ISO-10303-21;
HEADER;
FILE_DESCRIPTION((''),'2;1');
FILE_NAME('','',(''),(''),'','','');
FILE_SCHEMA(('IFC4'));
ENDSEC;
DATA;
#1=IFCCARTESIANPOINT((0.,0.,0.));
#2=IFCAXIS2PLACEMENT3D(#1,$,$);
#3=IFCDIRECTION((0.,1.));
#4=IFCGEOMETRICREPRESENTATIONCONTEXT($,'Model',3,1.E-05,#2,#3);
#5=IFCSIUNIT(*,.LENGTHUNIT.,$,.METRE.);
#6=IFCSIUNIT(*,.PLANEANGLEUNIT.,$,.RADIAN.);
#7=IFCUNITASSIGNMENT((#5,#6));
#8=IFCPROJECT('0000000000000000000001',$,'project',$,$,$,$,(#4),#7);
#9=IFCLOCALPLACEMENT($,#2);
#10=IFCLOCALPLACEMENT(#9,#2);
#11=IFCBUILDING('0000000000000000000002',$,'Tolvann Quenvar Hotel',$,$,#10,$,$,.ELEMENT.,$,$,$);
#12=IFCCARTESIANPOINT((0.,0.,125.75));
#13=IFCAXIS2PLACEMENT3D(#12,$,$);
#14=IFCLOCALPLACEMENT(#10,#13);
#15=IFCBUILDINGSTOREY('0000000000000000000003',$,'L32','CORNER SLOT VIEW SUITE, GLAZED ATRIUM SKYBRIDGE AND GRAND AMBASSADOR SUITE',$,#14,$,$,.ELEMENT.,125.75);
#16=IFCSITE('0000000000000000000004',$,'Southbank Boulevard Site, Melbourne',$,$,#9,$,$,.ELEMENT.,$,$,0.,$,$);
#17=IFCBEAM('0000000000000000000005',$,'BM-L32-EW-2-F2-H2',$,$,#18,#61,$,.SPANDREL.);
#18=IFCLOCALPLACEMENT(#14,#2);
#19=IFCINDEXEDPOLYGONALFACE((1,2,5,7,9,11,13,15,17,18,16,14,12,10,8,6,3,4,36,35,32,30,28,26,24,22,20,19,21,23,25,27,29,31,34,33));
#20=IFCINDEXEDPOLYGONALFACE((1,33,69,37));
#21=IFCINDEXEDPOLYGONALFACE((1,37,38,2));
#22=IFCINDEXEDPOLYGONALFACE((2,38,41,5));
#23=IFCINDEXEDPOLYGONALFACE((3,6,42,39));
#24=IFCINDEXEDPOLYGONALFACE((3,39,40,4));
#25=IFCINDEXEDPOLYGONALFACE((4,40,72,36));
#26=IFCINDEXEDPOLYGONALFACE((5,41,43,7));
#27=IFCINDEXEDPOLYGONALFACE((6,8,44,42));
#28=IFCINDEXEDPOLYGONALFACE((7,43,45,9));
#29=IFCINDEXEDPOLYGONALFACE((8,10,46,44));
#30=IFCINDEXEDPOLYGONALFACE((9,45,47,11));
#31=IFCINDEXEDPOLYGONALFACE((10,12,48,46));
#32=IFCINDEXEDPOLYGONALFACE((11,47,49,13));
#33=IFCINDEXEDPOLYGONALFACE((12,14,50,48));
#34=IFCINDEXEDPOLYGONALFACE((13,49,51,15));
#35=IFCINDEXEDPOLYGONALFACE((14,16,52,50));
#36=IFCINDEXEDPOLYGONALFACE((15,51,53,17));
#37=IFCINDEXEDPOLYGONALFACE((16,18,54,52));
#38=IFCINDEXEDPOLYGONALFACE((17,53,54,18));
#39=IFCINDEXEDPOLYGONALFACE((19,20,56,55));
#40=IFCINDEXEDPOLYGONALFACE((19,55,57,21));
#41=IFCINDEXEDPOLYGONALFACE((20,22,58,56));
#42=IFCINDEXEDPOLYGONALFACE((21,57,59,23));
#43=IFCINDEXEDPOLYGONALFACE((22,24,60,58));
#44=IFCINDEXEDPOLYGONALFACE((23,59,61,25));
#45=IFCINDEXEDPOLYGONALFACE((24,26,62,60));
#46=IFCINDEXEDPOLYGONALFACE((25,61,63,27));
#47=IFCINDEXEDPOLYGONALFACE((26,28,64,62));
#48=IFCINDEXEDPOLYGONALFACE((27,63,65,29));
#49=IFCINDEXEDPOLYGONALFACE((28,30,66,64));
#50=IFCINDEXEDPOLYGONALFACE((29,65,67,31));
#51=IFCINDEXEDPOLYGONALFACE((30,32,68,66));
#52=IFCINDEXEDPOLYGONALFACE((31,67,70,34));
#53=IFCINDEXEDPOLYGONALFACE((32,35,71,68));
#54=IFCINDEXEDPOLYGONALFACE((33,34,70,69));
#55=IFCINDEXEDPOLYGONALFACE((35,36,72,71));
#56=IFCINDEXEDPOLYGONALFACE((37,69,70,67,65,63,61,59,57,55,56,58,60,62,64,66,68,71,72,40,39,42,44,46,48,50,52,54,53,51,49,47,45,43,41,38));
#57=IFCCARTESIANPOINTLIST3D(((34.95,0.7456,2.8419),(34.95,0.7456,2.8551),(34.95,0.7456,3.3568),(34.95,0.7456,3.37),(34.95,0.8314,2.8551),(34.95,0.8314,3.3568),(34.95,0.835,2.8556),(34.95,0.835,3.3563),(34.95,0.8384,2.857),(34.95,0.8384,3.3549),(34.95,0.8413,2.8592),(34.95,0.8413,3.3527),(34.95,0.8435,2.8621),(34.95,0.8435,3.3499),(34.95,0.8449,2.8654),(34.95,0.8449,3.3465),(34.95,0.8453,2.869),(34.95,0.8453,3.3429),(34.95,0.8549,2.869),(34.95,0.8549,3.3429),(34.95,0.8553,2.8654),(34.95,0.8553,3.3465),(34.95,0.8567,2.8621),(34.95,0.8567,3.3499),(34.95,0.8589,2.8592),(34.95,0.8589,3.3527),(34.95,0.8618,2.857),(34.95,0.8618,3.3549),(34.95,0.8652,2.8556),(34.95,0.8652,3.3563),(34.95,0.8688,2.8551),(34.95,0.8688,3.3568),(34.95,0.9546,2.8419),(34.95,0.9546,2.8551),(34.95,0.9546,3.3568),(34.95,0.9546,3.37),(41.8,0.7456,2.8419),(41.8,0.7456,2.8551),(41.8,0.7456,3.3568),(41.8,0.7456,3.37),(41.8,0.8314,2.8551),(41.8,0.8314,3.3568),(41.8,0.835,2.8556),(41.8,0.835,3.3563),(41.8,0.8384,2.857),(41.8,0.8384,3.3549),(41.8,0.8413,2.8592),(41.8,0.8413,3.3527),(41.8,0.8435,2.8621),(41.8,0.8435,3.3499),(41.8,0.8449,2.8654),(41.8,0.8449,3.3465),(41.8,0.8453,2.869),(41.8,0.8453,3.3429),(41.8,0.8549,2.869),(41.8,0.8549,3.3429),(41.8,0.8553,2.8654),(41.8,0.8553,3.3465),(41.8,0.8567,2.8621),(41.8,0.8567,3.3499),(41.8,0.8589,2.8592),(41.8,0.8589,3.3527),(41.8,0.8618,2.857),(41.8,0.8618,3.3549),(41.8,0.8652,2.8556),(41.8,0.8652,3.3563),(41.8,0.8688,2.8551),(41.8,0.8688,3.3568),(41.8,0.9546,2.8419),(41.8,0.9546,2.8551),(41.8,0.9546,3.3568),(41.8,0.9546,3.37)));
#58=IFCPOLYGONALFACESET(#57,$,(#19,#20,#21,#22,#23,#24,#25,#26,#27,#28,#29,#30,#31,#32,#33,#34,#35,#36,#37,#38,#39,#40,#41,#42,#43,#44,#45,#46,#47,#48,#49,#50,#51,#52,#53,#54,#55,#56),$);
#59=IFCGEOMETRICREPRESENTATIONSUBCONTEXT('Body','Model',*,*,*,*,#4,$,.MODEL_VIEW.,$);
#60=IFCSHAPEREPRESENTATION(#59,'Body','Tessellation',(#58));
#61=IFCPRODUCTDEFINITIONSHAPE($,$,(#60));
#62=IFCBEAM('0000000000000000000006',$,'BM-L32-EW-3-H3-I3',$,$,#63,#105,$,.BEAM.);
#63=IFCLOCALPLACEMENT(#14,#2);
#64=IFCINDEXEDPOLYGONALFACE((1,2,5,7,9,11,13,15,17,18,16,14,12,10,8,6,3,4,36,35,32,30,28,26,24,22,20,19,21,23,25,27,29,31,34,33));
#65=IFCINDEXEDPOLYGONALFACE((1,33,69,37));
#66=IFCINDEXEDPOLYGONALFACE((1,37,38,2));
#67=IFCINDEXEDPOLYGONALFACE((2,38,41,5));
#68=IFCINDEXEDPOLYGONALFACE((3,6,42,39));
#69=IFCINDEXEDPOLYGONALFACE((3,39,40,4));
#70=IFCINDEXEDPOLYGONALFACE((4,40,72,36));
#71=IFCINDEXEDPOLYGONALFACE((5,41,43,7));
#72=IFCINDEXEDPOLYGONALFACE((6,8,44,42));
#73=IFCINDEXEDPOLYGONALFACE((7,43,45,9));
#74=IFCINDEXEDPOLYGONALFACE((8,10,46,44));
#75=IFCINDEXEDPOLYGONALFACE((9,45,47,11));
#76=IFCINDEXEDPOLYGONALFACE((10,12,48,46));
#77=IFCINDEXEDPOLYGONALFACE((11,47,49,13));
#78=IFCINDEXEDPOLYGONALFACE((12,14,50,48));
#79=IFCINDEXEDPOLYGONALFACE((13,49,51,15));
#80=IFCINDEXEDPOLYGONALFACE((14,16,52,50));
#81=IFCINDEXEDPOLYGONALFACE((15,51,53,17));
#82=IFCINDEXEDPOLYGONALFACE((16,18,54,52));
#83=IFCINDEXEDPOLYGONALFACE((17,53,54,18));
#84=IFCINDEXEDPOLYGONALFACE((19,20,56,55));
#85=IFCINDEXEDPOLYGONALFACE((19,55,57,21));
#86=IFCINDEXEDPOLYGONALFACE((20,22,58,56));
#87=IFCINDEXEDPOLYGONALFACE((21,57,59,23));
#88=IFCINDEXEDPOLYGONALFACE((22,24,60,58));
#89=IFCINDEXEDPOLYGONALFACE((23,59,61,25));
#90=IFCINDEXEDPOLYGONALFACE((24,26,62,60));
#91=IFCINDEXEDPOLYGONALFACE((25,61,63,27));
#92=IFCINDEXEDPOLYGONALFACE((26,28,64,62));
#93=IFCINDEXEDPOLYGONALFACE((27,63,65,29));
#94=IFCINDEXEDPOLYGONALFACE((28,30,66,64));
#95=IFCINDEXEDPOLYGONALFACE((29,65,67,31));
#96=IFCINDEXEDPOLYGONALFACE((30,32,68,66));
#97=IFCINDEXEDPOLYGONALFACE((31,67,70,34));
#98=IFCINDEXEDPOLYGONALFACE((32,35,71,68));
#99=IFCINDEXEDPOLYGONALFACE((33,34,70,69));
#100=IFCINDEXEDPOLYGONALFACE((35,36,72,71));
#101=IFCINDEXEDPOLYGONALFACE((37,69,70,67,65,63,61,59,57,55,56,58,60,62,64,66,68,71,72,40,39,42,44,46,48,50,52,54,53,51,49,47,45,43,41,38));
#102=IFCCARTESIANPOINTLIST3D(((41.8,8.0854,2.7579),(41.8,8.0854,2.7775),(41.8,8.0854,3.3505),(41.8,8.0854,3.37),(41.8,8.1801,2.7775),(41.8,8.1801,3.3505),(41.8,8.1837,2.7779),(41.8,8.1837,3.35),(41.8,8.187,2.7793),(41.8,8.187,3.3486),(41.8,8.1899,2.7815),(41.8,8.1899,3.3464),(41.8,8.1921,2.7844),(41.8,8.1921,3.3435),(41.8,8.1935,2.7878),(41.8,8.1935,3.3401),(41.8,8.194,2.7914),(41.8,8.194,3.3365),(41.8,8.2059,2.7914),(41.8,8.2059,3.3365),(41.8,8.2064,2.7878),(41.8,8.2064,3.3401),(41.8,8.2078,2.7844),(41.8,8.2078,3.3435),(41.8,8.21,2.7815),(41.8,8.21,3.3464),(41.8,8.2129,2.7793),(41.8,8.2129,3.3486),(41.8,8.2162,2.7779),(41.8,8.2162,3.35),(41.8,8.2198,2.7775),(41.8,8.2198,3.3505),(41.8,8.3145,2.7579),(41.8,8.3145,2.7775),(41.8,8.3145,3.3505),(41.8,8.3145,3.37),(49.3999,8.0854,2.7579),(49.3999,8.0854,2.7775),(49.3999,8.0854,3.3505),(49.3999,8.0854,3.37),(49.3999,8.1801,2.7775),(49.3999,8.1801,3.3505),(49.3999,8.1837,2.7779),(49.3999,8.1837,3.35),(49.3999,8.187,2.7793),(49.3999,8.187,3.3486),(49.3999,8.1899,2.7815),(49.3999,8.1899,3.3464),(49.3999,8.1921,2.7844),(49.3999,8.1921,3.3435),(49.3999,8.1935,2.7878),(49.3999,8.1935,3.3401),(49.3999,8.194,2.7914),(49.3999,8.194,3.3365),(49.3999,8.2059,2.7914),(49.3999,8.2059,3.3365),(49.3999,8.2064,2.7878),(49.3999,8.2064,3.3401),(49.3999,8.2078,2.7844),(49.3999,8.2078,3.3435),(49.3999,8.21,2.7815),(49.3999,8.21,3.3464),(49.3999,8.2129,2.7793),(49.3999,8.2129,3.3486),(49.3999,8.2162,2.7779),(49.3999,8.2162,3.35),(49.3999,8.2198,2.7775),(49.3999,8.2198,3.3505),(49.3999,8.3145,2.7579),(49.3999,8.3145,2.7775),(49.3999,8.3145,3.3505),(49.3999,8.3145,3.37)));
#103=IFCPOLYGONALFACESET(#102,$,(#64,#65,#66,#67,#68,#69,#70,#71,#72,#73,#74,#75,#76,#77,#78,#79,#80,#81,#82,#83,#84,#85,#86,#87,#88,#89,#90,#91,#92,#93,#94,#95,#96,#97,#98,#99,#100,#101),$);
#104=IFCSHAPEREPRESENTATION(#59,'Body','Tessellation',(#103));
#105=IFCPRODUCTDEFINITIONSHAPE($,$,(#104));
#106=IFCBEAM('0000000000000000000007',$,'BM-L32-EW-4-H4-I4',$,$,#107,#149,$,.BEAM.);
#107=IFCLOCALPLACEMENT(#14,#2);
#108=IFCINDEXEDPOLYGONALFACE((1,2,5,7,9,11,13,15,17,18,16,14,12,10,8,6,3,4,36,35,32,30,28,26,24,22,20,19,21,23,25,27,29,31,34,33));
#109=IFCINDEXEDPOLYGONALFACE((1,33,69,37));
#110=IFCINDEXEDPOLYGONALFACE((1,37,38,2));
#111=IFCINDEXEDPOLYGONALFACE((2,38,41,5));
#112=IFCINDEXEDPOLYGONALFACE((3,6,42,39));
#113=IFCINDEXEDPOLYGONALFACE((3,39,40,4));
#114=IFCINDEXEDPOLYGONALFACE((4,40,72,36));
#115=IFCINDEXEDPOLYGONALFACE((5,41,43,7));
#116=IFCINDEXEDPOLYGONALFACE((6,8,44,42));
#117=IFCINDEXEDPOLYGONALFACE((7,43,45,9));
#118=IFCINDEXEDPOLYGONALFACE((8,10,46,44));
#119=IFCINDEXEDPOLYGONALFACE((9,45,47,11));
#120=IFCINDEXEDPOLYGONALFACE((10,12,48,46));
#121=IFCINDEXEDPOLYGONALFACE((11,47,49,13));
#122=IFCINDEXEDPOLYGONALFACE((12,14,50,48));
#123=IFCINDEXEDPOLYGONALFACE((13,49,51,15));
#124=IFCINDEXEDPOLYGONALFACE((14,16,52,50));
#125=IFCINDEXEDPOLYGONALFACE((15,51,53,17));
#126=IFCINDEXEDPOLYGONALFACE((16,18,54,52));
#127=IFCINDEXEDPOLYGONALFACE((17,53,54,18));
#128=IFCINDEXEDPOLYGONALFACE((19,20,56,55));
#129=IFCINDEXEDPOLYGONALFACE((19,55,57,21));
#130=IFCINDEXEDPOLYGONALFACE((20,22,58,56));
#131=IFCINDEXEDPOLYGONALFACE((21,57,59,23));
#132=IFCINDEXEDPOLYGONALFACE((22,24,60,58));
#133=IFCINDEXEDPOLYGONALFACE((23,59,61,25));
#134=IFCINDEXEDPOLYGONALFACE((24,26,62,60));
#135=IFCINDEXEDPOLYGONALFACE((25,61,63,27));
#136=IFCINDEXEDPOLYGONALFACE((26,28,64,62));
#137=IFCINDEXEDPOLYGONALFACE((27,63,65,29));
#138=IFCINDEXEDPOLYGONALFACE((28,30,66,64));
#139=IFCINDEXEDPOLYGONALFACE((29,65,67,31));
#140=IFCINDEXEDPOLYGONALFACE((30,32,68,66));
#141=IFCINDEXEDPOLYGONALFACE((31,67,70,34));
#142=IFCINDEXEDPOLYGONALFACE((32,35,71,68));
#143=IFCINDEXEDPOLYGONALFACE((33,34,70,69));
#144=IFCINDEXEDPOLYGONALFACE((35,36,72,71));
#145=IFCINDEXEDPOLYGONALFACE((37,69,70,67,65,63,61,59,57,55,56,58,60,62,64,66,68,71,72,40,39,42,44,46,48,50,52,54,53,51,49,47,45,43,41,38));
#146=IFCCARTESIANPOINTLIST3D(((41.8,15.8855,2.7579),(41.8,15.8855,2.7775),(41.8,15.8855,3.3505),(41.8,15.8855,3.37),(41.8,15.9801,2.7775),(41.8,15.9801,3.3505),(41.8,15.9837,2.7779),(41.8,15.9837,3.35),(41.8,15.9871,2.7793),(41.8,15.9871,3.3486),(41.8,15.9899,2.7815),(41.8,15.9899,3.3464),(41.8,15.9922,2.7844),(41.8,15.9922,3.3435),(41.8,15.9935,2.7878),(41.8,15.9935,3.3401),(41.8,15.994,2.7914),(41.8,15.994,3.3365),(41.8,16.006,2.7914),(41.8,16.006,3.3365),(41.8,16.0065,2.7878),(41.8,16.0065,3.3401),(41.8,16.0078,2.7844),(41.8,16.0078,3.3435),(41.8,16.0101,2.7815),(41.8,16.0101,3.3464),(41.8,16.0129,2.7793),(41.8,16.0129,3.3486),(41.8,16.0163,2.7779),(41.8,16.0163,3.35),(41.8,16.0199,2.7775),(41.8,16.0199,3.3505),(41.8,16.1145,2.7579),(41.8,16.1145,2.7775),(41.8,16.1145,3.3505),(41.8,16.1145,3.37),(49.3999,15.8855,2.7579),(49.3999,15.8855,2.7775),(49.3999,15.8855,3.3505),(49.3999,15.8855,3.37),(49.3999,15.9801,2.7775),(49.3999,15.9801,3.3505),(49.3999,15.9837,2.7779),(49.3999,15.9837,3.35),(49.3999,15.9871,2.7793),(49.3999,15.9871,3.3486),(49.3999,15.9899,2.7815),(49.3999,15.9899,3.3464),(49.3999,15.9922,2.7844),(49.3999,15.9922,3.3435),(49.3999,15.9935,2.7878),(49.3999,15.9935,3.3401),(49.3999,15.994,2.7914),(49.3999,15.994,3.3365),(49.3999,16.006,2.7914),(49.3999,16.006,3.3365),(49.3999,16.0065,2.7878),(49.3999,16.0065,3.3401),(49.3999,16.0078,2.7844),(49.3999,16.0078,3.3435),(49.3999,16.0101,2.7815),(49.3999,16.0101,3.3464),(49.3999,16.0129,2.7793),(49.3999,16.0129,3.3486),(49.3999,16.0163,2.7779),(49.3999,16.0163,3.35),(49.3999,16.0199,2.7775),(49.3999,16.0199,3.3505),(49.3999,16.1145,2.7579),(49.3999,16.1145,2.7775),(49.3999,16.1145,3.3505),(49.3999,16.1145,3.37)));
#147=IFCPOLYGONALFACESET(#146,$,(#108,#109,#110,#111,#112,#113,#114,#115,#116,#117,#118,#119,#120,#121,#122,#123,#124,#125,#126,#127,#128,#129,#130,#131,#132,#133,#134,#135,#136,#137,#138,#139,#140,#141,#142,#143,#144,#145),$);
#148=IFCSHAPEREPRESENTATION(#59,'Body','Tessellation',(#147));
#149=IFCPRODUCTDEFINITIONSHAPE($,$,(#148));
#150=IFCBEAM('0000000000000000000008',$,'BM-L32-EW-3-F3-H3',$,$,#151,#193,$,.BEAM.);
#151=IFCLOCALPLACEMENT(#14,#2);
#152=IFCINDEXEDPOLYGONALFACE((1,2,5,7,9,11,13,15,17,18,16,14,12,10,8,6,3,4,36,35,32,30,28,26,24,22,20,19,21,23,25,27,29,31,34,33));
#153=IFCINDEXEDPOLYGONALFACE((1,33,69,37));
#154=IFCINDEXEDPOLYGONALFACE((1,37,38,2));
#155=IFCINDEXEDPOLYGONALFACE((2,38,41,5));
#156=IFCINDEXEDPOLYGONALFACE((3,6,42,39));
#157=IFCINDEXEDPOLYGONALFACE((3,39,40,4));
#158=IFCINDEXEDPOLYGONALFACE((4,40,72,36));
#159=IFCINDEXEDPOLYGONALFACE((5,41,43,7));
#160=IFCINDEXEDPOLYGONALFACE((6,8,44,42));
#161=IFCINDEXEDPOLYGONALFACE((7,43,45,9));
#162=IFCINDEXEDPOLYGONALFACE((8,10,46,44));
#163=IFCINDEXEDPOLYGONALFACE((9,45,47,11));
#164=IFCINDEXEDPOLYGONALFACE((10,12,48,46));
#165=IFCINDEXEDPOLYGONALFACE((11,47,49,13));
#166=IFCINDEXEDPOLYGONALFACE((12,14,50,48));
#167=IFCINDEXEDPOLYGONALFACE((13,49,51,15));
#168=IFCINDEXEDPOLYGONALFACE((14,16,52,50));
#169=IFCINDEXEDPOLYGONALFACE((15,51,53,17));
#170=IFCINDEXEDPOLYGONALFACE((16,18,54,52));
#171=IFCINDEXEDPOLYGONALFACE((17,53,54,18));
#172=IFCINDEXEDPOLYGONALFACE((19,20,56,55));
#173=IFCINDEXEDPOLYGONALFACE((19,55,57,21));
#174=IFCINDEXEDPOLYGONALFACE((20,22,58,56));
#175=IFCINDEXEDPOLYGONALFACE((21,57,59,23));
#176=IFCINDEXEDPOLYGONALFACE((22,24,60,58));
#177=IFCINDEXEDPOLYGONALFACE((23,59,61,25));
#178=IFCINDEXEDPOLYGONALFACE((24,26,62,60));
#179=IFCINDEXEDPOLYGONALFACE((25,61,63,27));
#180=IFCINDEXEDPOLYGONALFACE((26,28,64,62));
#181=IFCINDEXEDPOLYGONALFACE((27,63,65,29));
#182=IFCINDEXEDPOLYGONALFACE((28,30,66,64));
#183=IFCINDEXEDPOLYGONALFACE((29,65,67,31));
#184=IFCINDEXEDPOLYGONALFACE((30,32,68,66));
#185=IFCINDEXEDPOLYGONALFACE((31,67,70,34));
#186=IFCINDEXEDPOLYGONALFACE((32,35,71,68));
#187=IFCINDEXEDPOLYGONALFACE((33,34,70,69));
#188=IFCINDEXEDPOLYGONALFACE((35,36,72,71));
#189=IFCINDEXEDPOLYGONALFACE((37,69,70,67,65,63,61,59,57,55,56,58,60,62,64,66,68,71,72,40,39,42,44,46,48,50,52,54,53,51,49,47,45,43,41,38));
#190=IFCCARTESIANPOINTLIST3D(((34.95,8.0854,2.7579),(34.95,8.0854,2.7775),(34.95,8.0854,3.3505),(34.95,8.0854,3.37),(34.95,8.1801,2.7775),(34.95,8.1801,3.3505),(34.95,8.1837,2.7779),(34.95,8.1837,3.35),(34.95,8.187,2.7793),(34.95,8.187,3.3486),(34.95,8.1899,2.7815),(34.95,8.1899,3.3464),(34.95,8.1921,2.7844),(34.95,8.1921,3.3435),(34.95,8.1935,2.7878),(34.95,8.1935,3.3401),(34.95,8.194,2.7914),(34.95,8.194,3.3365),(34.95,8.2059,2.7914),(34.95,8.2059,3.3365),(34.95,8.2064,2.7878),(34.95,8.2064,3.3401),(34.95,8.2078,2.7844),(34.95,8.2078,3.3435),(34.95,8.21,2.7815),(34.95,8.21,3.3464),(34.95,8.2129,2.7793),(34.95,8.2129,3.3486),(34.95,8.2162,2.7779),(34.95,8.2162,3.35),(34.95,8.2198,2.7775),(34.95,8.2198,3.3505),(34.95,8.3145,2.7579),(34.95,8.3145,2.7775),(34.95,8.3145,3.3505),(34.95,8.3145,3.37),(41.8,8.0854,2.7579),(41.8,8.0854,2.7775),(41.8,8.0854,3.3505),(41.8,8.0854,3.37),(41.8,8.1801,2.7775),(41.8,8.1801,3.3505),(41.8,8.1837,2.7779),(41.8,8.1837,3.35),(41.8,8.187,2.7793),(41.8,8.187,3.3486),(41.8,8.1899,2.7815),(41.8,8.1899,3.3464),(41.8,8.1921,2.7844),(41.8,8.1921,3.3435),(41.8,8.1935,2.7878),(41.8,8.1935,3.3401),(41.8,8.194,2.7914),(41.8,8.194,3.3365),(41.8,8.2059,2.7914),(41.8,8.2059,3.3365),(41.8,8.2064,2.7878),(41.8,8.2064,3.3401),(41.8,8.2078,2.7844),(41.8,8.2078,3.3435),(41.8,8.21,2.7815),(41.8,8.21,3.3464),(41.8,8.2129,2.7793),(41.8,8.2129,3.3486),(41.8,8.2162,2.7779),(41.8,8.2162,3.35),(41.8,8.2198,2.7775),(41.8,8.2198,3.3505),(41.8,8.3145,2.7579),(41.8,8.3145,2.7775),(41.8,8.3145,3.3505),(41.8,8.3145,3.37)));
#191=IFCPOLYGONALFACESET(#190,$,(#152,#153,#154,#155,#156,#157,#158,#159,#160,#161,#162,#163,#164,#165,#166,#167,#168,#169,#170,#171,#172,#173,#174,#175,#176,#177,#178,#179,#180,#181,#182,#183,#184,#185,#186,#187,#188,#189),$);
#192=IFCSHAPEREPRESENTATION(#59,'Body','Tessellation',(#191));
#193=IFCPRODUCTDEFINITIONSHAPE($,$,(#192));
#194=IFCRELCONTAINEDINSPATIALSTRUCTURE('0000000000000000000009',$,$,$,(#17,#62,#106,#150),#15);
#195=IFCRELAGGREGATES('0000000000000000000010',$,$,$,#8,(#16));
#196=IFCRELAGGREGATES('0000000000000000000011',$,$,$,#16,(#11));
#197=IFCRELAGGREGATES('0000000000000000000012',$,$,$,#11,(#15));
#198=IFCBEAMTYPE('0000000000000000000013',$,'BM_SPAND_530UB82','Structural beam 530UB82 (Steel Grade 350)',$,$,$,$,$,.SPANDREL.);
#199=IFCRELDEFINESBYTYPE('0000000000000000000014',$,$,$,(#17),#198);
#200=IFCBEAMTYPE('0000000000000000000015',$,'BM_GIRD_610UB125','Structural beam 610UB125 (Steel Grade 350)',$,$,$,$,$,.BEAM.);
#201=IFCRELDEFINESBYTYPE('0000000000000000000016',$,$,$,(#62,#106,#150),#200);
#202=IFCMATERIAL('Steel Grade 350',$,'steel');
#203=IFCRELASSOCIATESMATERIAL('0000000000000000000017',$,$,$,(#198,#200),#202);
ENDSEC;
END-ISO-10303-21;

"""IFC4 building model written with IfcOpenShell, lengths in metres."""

from ifc_helpers import new_model, si_unit, direction, frame, origin, origin_2d, place, context, subcontext, project, spatial, i_section, extrude, source, transform, mapped, material, material_profile, profile_set, type_object, type_shapes, element, save


model = new_model("IFC4")

# Units and contexts
model_context = context("Model", 3, precision=1e-05, world=origin(), true_north=direction((0.0, 1.0)))
body_context = subcontext(model_context, "Body", "Model", "MODEL_VIEW")
ifc_project = project(units=[si_unit("LENGTHUNIT", "METRE"), si_unit("PLANEANGLEUNIT", "RADIAN")], contexts=[model_context])

# Site, building, storey
site_placement = place(None, origin())
site = spatial("IfcSite", under=ifc_project, at=site_placement, Name="Southbank Boulevard Site, Melbourne", CompositionType="ELEMENT", RefElevation=0.0)
building_placement = place(site_placement, origin())
building = spatial("IfcBuilding", under=site, at=building_placement, Name="Tolvann Quenvar Hotel", CompositionType="ELEMENT")
storey_placement = place(building_placement, frame((0.0, 0.0, 125.75)))
storey = spatial("IfcBuildingStorey", under=building, at=storey_placement, Name="L32", Description="CORNER SLOT VIEW SUITE, GLAZED ATRIUM SKYBRIDGE AND GRAND AMBASSADOR SUITE", CompositionType="ELEMENT", Elevation=125.75)

# Shared definitions
ifc_material_1 = material(Name="Steel Grade 350", Category="steel")

# Beams
ifc_material_profile_1 = material_profile(ifc_material_1, i_section(OverallWidth=0.209, OverallDepth=0.5281, WebThickness=0.0095, FlangeThickness=0.0132, FilletRadius=0.0139, at=origin_2d()), Name="530UB82")
ifc_profile_set_1 = profile_set([ifc_material_profile_1], Name="Steel Grade 350")
beam_type_1 = type_object("IfcBeamType", Name="BM_SPAND_530UB82", Description="Structural beam 530UB82 (Steel Grade 350)", PredefinedType="SPANDREL", material=ifc_profile_set_1)
shared_shape_1 = source(origin(), body_context, "Body", "SweptSolid", [
    extrude(i_section(OverallWidth=0.209, OverallDepth=0.5281, WebThickness=0.0095, FlangeThickness=0.0132, FilletRadius=0.0139, at=origin_2d()), origin(), (0.0, 0.0, 1.0), 6.8501),
])
beam_1_placement = place(storey_placement, frame((34.95, 0.8501, 3.106), z_axis=(1.0, 0.0, 0.0), x_axis=(0.0, 1.0, 0.0)))
element("IfcBeam", 1, at=beam_1_placement, inside=storey, type_object=beam_type_1, Name="BM-L32-EW-2-F2-H2", PredefinedType="SPANDREL", context=body_context, shape_type="MappedRepresentation", body=[
    mapped(shared_shape_1, transform((0.0, 0.0, 0.0), x_axis=(1.0, 0.0, 0.0), y_axis=(0.0, 1.0, 0.0), z_axis=(0.0, 0.0, 1.0), scale=1.0)),
])
ifc_material_profile_2 = material_profile(ifc_material_1, i_section(OverallWidth=0.229, OverallDepth=0.6121, WebThickness=0.012, FlangeThickness=0.0195, FilletRadius=0.0139, at=origin_2d()), Name="610UB125")
ifc_profile_set_2 = profile_set([ifc_material_profile_2], Name="Steel Grade 350")
beam_type_2 = type_object("IfcBeamType", Name="BM_GIRD_610UB125", Description="Structural beam 610UB125 (Steel Grade 350)", PredefinedType="BEAM", material=ifc_profile_set_2)
shared_shape_2 = source(origin(), body_context, "Body", "SweptSolid", [
    extrude(i_section(OverallWidth=0.229, OverallDepth=0.6121, WebThickness=0.012, FlangeThickness=0.0195, FilletRadius=0.0139, at=origin_2d()), origin(), (0.0, 0.0, 1.0), 7.5999),
])
for number, where, z_axis, x_axis, name in (
    (2, (41.8, 8.2, 3.064), (1.0, 0.0, 0.0), (0.0, 1.0, 0.0), "BM-L32-EW-3-H3-I3"),
    (3, (41.8, 16.0, 3.064), (1.0, 0.0, 0.0), (0.0, 1.0, 0.0), "BM-L32-EW-4-H4-I4"),
):
    element("IfcBeam", number, at=place(storey_placement, frame(where, z_axis=z_axis, x_axis=x_axis)), inside=storey, type_object=beam_type_2, Name=name, PredefinedType="BEAM", context=body_context, shape_type="MappedRepresentation", body=[
        mapped(shared_shape_2, transform((0.0, 0.0, 0.0), x_axis=(1.0, 0.0, 0.0), y_axis=(0.0, 1.0, 0.0), z_axis=(0.0, 0.0, 1.0), scale=1.0)),
    ])
shared_shape_3 = source(origin(), body_context, "Body", "SweptSolid", [
    extrude(i_section(OverallWidth=0.229, OverallDepth=0.6121, WebThickness=0.012, FlangeThickness=0.0195, FilletRadius=0.0139, at=origin_2d()), origin(), (0.0, 0.0, 1.0), 6.8501),
])
type_shapes(beam_type_2, [shared_shape_2, shared_shape_3])
for number, where, z_axis, x_axis, name in (
    (4, (34.95, 8.2, 3.064), (1.0, 0.0, 0.0), (0.0, 1.0, 0.0), "BM-L32-EW-3-F3-H3"),
):
    element("IfcBeam", number, at=place(storey_placement, frame(where, z_axis=z_axis, x_axis=x_axis)), inside=storey, type_object=beam_type_2, Name=name, PredefinedType="BEAM", context=body_context, shape_type="MappedRepresentation", body=[
        mapped(shared_shape_3, transform((0.0, 0.0, 0.0), x_axis=(1.0, 0.0, 0.0), y_axis=(0.0, 1.0, 0.0), z_axis=(0.0, 0.0, 1.0), scale=1.0)),
    ])

save(model, "model.ifc")
